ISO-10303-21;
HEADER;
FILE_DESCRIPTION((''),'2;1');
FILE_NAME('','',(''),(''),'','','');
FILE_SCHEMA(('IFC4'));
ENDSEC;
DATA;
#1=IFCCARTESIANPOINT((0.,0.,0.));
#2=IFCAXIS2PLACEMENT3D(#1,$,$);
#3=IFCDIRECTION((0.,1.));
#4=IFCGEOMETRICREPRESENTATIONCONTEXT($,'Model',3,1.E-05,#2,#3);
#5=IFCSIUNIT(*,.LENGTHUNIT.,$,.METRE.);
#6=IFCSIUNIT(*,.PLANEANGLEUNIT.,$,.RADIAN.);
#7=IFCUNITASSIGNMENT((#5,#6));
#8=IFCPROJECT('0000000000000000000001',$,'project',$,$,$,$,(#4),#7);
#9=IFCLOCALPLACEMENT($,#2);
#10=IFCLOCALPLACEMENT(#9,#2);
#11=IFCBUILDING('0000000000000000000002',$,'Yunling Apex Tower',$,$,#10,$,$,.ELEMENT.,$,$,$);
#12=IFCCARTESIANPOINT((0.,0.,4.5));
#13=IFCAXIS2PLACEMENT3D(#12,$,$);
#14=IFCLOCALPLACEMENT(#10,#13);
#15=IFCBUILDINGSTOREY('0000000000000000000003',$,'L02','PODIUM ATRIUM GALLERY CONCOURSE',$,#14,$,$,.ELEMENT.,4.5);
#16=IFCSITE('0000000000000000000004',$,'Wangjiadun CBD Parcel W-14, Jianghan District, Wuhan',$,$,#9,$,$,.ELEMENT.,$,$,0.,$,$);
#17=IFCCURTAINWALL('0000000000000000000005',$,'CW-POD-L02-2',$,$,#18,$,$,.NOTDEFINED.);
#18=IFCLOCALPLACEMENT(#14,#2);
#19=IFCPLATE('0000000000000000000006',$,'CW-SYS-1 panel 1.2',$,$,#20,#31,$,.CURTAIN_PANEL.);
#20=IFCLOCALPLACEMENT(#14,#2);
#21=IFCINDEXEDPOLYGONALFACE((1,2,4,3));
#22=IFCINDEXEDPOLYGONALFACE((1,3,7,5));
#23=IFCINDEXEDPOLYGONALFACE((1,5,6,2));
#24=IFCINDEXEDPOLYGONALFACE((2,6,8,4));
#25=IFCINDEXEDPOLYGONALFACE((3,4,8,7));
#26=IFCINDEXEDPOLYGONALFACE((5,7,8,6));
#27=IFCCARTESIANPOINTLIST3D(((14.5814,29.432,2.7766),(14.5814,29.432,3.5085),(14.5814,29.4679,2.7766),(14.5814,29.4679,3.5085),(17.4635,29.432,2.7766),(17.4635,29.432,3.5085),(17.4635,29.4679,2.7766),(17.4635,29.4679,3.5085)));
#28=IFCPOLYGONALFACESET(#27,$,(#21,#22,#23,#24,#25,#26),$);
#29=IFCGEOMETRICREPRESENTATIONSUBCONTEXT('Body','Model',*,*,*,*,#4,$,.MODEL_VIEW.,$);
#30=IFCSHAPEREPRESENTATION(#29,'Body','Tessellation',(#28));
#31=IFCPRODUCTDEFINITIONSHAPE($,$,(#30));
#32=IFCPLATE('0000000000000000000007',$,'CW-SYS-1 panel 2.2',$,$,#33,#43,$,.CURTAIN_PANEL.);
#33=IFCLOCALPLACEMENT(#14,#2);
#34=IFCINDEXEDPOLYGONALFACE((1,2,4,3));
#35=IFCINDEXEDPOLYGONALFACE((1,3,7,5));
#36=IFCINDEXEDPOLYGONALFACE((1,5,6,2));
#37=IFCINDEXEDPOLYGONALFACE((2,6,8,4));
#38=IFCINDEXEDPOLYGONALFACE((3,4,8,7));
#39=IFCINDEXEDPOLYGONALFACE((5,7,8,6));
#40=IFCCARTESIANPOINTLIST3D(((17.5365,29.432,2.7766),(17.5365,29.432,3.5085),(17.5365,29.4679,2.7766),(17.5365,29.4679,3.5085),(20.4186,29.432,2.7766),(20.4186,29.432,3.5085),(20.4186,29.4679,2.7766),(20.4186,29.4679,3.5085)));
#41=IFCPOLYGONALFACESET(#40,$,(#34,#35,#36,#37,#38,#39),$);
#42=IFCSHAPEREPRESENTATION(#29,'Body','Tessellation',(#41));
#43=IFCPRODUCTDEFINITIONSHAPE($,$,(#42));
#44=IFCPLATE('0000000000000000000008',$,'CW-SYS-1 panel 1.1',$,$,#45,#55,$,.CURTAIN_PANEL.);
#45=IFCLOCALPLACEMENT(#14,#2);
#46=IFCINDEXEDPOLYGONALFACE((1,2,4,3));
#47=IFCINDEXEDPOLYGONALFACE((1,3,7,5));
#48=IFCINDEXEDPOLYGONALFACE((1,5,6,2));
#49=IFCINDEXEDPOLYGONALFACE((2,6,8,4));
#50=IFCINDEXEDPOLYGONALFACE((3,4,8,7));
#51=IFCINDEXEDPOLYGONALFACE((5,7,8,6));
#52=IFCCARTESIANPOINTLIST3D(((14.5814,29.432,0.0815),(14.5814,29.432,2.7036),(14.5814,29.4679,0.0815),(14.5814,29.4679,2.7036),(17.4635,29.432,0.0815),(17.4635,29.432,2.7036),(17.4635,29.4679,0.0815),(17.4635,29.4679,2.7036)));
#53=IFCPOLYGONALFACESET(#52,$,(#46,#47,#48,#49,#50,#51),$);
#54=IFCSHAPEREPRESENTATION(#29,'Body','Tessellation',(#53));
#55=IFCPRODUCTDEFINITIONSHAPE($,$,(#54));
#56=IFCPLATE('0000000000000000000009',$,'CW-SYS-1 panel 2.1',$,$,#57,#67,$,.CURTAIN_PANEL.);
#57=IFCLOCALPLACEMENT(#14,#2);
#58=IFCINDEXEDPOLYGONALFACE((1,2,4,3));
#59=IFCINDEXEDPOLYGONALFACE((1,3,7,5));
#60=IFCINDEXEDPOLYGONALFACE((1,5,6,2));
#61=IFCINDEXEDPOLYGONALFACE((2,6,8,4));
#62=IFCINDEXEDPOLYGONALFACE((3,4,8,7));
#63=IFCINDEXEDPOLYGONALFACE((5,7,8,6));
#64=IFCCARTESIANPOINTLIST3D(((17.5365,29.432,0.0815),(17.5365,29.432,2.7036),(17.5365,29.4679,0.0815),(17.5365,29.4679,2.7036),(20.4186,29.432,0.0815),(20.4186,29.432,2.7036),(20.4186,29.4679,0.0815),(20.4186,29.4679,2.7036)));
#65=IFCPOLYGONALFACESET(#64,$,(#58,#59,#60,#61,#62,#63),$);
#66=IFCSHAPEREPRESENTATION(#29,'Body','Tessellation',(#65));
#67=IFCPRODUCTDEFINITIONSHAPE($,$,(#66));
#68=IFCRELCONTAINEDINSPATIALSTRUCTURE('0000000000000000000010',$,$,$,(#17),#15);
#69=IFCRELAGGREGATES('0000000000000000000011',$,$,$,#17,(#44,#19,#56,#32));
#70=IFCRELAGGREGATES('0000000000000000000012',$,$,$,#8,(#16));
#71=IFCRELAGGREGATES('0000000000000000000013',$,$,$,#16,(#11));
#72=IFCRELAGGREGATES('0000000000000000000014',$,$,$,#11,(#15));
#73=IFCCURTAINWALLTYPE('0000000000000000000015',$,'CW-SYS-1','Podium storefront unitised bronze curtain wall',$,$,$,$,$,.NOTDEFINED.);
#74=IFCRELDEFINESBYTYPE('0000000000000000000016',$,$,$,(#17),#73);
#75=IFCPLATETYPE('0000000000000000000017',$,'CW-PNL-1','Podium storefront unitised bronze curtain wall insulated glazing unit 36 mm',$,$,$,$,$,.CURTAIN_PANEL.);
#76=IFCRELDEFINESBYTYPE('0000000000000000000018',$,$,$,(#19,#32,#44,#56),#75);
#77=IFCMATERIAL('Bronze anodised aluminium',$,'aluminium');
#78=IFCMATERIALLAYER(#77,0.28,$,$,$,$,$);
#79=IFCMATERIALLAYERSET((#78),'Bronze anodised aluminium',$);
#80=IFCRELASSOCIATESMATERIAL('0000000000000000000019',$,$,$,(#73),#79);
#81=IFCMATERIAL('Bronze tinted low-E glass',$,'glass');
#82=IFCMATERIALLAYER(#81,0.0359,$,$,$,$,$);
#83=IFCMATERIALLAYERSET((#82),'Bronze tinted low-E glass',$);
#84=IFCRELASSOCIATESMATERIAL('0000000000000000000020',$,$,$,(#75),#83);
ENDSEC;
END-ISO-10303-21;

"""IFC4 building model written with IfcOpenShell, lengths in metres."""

from ifc_helpers import new_model, si_unit, direction, frame, origin, origin_2d, place, context, subcontext, project, spatial, rectangle, extrude, source, transform, mapped, material, layer, layer_set, type_object, element, aggregate, save


model = new_model("IFC4")

# Units and contexts
model_context = context("Model", 3, precision=1e-05, world=origin(), true_north=direction((0.0, 1.0)))
body_context = subcontext(model_context, "Body", "Model", "MODEL_VIEW")
ifc_project = project(units=[si_unit("LENGTHUNIT", "METRE"), si_unit("PLANEANGLEUNIT", "RADIAN")], contexts=[model_context])

# Site, building, storey
site_placement = place(None, origin())
site = spatial("IfcSite", under=ifc_project, at=site_placement, Name="Wangjiadun CBD Parcel W-14, Jianghan District, Wuhan", CompositionType="ELEMENT", RefElevation=0.0)
building_placement = place(site_placement, origin())
building = spatial("IfcBuilding", under=site, at=building_placement, Name="Yunling Apex Tower", CompositionType="ELEMENT")
storey_placement = place(building_placement, frame((0.0, 0.0, 4.5)))
storey = spatial("IfcBuildingStorey", under=building, at=storey_placement, Name="L02", Description="PODIUM ATRIUM GALLERY CONCOURSE", CompositionType="ELEMENT", Elevation=4.5)

# Curtain wall, plates
ifc_material_1 = material(Name="Bronze anodised aluminium", Category="aluminium")
ifc_layer_1 = layer(ifc_material_1, 0.28)
ifc_layer_set_1 = layer_set([ifc_layer_1], Name="Bronze anodised aluminium")
curtain_wall_type = type_object("IfcCurtainWallType", Name="CW-SYS-1", Description="Podium storefront unitised bronze curtain wall", PredefinedType="NOTDEFINED", material=ifc_layer_set_1)
curtain_wall_placement = place(storey_placement, origin())
curtain_wall = element("IfcCurtainWall", 1, at=curtain_wall_placement, inside=storey, type_object=curtain_wall_type, Name="CW-POD-L02-2", PredefinedType="NOTDEFINED")
ifc_material_2 = material(Name="Bronze tinted low-E glass", Category="glass")
ifc_layer_2 = layer(ifc_material_2, 0.0359)
ifc_layer_set_2 = layer_set([ifc_layer_2], Name="Bronze tinted low-E glass")
plate_type = type_object("IfcPlateType", Name="CW-PNL-1", Description="Podium storefront unitised bronze curtain wall insulated glazing unit 36 mm", PredefinedType="CURTAIN_PANEL", material=ifc_layer_set_2)
shared_shape_1 = source(origin(), body_context, "Body", "SweptSolid", [
    extrude(rectangle(XDim=2.8821, YDim=0.0359, at=origin_2d()), origin(), (0.0, 0.0, 1.0), 0.7319),
])
plate_1_placement = place(storey_placement, frame((16.0225, 29.45, 2.7766), z_axis=(0.0, 0.0, 1.0), x_axis=(1.0, 0.0, 0.0)))
plate_1 = element("IfcPlate", 2, at=plate_1_placement, type_object=plate_type, Name="CW-SYS-1 panel 1.2", PredefinedType="CURTAIN_PANEL", context=body_context, shape_type="MappedRepresentation", body=[
    mapped(shared_shape_1, transform((0.0, 0.0, 0.0), scale=1.0)),
])
plate_2_placement = place(storey_placement, frame((18.9775, 29.45, 2.7766), z_axis=(0.0, 0.0, 1.0), x_axis=(1.0, 0.0, 0.0)))
plate_2 = element("IfcPlate", 3, at=plate_2_placement, type_object=plate_type, Name="CW-SYS-1 panel 2.2", PredefinedType="CURTAIN_PANEL", context=body_context, shape_type="MappedRepresentation", body=[
    mapped(shared_shape_1, transform((0.0, 0.0, 0.0), scale=1.0)),
])
shared_shape_2 = source(origin(), body_context, "Body", "SweptSolid", [
    extrude(rectangle(XDim=2.8821, YDim=0.0359, at=origin_2d()), origin(), (0.0, 0.0, 1.0), 2.6221),
])
plate_3_placement = place(storey_placement, frame((16.0225, 29.45, 0.0815), z_axis=(0.0, 0.0, 1.0), x_axis=(1.0, 0.0, 0.0)))
plate_3 = element("IfcPlate", 4, at=plate_3_placement, type_object=plate_type, Name="CW-SYS-1 panel 1.1", PredefinedType="CURTAIN_PANEL", context=body_context, shape_type="MappedRepresentation", body=[
    mapped(shared_shape_2, transform((0.0, 0.0, 0.0), scale=1.0)),
])
plate_4_placement = place(storey_placement, frame((18.9775, 29.45, 0.0815), z_axis=(0.0, 0.0, 1.0), x_axis=(1.0, 0.0, 0.0)))
plate_4 = element("IfcPlate", 5, at=plate_4_placement, type_object=plate_type, Name="CW-SYS-1 panel 2.1", PredefinedType="CURTAIN_PANEL", context=body_context, shape_type="MappedRepresentation", body=[
    mapped(shared_shape_2, transform((0.0, 0.0, 0.0), scale=1.0)),
])
aggregate(curtain_wall, [plate_3, plate_1, plate_4, plate_2])

save(model, "model.ifc")
